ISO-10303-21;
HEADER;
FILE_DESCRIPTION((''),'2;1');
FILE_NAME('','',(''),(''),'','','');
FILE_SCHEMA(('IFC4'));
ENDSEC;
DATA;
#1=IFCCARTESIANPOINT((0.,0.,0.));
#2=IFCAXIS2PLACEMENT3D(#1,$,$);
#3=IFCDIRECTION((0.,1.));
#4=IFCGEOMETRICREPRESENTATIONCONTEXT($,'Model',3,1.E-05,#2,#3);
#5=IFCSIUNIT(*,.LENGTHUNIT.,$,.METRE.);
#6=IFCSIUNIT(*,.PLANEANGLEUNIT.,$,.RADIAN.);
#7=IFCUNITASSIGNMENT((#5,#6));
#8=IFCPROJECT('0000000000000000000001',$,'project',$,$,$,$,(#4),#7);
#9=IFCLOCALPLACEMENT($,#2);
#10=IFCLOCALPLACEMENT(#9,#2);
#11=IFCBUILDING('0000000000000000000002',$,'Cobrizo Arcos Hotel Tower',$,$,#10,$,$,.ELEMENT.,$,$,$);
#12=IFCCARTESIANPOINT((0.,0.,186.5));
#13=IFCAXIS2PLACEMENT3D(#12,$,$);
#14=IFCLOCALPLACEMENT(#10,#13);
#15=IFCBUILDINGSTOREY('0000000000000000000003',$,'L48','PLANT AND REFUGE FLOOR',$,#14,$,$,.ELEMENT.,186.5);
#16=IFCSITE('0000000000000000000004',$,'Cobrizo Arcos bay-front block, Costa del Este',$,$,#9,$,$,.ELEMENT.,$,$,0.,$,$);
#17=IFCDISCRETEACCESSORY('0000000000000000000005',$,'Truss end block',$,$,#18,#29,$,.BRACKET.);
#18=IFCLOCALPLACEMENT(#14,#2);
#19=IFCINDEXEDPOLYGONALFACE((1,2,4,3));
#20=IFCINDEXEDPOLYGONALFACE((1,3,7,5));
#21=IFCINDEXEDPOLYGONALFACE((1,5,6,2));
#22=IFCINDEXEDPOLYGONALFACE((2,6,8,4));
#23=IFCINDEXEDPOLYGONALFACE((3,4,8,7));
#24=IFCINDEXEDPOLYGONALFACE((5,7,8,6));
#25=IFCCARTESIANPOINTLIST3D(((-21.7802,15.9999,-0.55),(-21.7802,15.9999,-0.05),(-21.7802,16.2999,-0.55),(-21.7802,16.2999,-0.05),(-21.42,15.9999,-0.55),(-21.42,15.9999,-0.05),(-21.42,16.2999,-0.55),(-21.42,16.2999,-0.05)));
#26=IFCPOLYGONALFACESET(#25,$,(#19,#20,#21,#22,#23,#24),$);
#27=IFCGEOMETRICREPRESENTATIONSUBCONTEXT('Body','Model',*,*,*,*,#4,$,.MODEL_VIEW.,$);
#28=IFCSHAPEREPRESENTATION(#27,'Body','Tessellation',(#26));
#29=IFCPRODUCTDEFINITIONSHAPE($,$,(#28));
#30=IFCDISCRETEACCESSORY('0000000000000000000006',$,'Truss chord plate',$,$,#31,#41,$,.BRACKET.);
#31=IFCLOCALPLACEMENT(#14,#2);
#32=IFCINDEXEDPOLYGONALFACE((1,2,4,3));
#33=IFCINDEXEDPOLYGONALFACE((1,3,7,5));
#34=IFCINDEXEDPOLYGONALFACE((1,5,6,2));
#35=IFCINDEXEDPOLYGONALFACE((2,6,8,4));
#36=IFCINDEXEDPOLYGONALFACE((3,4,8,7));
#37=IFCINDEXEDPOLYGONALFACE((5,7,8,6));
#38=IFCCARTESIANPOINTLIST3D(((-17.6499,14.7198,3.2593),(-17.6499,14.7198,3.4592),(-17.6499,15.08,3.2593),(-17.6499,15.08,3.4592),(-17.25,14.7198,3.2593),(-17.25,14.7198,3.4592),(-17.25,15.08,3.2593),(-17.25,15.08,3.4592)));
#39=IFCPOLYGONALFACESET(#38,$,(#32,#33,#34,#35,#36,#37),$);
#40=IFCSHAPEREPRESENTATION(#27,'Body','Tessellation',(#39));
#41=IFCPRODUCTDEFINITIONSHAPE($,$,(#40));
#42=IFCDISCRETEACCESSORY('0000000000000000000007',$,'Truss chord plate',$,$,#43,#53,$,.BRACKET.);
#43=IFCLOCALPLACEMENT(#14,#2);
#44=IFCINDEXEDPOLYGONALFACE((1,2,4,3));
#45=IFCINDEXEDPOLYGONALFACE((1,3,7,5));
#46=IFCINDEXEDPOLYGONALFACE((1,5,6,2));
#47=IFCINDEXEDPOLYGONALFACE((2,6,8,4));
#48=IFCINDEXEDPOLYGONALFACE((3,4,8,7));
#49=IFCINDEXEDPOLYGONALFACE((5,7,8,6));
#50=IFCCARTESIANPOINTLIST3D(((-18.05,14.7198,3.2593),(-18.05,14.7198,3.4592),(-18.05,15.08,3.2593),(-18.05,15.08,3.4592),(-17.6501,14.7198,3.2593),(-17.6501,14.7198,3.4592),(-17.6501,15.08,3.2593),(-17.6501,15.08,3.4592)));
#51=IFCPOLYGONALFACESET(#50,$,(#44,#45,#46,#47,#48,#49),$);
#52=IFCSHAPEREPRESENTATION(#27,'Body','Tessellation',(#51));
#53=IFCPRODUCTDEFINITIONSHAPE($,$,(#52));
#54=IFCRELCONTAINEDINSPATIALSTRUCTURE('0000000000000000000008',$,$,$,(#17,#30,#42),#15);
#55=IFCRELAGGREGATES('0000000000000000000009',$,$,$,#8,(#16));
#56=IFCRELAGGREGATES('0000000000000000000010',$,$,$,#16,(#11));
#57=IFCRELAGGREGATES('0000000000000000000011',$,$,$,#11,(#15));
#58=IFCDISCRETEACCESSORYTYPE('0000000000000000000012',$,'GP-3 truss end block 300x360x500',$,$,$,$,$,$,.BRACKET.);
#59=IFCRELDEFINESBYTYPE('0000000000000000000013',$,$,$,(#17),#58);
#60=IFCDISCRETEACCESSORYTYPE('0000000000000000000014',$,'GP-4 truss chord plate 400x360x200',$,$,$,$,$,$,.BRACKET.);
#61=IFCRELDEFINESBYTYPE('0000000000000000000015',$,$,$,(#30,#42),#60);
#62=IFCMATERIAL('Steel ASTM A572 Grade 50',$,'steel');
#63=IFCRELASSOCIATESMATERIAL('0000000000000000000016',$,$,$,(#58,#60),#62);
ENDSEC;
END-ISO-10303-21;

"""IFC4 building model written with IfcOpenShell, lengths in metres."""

from ifc_helpers import new_model, si_unit, direction, frame, origin, origin_2d, place, context, subcontext, project, spatial, rectangle, extrude, material, type_object, element, save


model = new_model("IFC4")

# Units and contexts
model_context = context("Model", 3, precision=1e-05, world=origin(), true_north=direction((0.0, 1.0)))
body_context = subcontext(model_context, "Body", "Model", "MODEL_VIEW")
ifc_project = project(units=[si_unit("LENGTHUNIT", "METRE"), si_unit("PLANEANGLEUNIT", "RADIAN")], contexts=[model_context])

# Site, building, storey
site_placement = place(None, origin())
site = spatial("IfcSite", under=ifc_project, at=site_placement, Name="Cobrizo Arcos bay-front block, Costa del Este", CompositionType="ELEMENT", RefElevation=0.0)
building_placement = place(site_placement, origin())
building = spatial("IfcBuilding", under=site, at=building_placement, Name="Cobrizo Arcos Hotel Tower", CompositionType="ELEMENT")
storey_placement = place(building_placement, frame((0.0, 0.0, 186.5)))
storey = spatial("IfcBuildingStorey", under=building, at=storey_placement, Name="L48", Description="PLANT AND REFUGE FLOOR", CompositionType="ELEMENT", Elevation=186.5)

# Shared definitions
ifc_material_1 = material(Name="Steel ASTM A572 Grade 50", Category="steel")

# Discrete accessories
discrete_accessory_type_1 = type_object("IfcDiscreteAccessoryType", Name="GP-3 truss end block 300x360x500", PredefinedType="BRACKET", material=ifc_material_1)
for number, where, z_axis, x_axis, name in (
    (1, (-21.6001, 16.1499, -0.55), (0.0, 0.0, 1.0), (0.0, -1.0, 0.0), "Truss end block"),
):
    element("IfcDiscreteAccessory", number, at=place(storey_placement, frame(where, z_axis=z_axis, x_axis=x_axis)), inside=storey, type_object=discrete_accessory_type_1, Name=name, PredefinedType="BRACKET", context=body_context, shape_type="SweptSolid", body=[
        extrude(rectangle(XDim=0.3, YDim=0.3601, at=origin_2d()), origin(), (0.0, 0.0, 1.0), 0.5),
    ])
discrete_accessory_type_2 = type_object("IfcDiscreteAccessoryType", Name="GP-4 truss chord plate 400x360x200", PredefinedType="BRACKET", material=ifc_material_1)
for number, where, z_axis, x_axis, name in (
    (2, (-17.45, 14.8999, 3.2593), (0.0, 0.0, 1.0), (-1.0, 0.0, 0.0), "Truss chord plate"),
    (3, (-17.8501, 14.8999, 3.2593), (0.0, 0.0, 1.0), (-1.0, 0.0, 0.0), "Truss chord plate"),
):
    element("IfcDiscreteAccessory", number, at=place(storey_placement, frame(where, z_axis=z_axis, x_axis=x_axis)), inside=storey, type_object=discrete_accessory_type_2, Name=name, PredefinedType="BRACKET", context=body_context, shape_type="SweptSolid", body=[
        extrude(rectangle(XDim=0.3999, YDim=0.3601, at=origin_2d()), origin(), (0.0, 0.0, 1.0), 0.2),
    ])

save(model, "model.ifc")
